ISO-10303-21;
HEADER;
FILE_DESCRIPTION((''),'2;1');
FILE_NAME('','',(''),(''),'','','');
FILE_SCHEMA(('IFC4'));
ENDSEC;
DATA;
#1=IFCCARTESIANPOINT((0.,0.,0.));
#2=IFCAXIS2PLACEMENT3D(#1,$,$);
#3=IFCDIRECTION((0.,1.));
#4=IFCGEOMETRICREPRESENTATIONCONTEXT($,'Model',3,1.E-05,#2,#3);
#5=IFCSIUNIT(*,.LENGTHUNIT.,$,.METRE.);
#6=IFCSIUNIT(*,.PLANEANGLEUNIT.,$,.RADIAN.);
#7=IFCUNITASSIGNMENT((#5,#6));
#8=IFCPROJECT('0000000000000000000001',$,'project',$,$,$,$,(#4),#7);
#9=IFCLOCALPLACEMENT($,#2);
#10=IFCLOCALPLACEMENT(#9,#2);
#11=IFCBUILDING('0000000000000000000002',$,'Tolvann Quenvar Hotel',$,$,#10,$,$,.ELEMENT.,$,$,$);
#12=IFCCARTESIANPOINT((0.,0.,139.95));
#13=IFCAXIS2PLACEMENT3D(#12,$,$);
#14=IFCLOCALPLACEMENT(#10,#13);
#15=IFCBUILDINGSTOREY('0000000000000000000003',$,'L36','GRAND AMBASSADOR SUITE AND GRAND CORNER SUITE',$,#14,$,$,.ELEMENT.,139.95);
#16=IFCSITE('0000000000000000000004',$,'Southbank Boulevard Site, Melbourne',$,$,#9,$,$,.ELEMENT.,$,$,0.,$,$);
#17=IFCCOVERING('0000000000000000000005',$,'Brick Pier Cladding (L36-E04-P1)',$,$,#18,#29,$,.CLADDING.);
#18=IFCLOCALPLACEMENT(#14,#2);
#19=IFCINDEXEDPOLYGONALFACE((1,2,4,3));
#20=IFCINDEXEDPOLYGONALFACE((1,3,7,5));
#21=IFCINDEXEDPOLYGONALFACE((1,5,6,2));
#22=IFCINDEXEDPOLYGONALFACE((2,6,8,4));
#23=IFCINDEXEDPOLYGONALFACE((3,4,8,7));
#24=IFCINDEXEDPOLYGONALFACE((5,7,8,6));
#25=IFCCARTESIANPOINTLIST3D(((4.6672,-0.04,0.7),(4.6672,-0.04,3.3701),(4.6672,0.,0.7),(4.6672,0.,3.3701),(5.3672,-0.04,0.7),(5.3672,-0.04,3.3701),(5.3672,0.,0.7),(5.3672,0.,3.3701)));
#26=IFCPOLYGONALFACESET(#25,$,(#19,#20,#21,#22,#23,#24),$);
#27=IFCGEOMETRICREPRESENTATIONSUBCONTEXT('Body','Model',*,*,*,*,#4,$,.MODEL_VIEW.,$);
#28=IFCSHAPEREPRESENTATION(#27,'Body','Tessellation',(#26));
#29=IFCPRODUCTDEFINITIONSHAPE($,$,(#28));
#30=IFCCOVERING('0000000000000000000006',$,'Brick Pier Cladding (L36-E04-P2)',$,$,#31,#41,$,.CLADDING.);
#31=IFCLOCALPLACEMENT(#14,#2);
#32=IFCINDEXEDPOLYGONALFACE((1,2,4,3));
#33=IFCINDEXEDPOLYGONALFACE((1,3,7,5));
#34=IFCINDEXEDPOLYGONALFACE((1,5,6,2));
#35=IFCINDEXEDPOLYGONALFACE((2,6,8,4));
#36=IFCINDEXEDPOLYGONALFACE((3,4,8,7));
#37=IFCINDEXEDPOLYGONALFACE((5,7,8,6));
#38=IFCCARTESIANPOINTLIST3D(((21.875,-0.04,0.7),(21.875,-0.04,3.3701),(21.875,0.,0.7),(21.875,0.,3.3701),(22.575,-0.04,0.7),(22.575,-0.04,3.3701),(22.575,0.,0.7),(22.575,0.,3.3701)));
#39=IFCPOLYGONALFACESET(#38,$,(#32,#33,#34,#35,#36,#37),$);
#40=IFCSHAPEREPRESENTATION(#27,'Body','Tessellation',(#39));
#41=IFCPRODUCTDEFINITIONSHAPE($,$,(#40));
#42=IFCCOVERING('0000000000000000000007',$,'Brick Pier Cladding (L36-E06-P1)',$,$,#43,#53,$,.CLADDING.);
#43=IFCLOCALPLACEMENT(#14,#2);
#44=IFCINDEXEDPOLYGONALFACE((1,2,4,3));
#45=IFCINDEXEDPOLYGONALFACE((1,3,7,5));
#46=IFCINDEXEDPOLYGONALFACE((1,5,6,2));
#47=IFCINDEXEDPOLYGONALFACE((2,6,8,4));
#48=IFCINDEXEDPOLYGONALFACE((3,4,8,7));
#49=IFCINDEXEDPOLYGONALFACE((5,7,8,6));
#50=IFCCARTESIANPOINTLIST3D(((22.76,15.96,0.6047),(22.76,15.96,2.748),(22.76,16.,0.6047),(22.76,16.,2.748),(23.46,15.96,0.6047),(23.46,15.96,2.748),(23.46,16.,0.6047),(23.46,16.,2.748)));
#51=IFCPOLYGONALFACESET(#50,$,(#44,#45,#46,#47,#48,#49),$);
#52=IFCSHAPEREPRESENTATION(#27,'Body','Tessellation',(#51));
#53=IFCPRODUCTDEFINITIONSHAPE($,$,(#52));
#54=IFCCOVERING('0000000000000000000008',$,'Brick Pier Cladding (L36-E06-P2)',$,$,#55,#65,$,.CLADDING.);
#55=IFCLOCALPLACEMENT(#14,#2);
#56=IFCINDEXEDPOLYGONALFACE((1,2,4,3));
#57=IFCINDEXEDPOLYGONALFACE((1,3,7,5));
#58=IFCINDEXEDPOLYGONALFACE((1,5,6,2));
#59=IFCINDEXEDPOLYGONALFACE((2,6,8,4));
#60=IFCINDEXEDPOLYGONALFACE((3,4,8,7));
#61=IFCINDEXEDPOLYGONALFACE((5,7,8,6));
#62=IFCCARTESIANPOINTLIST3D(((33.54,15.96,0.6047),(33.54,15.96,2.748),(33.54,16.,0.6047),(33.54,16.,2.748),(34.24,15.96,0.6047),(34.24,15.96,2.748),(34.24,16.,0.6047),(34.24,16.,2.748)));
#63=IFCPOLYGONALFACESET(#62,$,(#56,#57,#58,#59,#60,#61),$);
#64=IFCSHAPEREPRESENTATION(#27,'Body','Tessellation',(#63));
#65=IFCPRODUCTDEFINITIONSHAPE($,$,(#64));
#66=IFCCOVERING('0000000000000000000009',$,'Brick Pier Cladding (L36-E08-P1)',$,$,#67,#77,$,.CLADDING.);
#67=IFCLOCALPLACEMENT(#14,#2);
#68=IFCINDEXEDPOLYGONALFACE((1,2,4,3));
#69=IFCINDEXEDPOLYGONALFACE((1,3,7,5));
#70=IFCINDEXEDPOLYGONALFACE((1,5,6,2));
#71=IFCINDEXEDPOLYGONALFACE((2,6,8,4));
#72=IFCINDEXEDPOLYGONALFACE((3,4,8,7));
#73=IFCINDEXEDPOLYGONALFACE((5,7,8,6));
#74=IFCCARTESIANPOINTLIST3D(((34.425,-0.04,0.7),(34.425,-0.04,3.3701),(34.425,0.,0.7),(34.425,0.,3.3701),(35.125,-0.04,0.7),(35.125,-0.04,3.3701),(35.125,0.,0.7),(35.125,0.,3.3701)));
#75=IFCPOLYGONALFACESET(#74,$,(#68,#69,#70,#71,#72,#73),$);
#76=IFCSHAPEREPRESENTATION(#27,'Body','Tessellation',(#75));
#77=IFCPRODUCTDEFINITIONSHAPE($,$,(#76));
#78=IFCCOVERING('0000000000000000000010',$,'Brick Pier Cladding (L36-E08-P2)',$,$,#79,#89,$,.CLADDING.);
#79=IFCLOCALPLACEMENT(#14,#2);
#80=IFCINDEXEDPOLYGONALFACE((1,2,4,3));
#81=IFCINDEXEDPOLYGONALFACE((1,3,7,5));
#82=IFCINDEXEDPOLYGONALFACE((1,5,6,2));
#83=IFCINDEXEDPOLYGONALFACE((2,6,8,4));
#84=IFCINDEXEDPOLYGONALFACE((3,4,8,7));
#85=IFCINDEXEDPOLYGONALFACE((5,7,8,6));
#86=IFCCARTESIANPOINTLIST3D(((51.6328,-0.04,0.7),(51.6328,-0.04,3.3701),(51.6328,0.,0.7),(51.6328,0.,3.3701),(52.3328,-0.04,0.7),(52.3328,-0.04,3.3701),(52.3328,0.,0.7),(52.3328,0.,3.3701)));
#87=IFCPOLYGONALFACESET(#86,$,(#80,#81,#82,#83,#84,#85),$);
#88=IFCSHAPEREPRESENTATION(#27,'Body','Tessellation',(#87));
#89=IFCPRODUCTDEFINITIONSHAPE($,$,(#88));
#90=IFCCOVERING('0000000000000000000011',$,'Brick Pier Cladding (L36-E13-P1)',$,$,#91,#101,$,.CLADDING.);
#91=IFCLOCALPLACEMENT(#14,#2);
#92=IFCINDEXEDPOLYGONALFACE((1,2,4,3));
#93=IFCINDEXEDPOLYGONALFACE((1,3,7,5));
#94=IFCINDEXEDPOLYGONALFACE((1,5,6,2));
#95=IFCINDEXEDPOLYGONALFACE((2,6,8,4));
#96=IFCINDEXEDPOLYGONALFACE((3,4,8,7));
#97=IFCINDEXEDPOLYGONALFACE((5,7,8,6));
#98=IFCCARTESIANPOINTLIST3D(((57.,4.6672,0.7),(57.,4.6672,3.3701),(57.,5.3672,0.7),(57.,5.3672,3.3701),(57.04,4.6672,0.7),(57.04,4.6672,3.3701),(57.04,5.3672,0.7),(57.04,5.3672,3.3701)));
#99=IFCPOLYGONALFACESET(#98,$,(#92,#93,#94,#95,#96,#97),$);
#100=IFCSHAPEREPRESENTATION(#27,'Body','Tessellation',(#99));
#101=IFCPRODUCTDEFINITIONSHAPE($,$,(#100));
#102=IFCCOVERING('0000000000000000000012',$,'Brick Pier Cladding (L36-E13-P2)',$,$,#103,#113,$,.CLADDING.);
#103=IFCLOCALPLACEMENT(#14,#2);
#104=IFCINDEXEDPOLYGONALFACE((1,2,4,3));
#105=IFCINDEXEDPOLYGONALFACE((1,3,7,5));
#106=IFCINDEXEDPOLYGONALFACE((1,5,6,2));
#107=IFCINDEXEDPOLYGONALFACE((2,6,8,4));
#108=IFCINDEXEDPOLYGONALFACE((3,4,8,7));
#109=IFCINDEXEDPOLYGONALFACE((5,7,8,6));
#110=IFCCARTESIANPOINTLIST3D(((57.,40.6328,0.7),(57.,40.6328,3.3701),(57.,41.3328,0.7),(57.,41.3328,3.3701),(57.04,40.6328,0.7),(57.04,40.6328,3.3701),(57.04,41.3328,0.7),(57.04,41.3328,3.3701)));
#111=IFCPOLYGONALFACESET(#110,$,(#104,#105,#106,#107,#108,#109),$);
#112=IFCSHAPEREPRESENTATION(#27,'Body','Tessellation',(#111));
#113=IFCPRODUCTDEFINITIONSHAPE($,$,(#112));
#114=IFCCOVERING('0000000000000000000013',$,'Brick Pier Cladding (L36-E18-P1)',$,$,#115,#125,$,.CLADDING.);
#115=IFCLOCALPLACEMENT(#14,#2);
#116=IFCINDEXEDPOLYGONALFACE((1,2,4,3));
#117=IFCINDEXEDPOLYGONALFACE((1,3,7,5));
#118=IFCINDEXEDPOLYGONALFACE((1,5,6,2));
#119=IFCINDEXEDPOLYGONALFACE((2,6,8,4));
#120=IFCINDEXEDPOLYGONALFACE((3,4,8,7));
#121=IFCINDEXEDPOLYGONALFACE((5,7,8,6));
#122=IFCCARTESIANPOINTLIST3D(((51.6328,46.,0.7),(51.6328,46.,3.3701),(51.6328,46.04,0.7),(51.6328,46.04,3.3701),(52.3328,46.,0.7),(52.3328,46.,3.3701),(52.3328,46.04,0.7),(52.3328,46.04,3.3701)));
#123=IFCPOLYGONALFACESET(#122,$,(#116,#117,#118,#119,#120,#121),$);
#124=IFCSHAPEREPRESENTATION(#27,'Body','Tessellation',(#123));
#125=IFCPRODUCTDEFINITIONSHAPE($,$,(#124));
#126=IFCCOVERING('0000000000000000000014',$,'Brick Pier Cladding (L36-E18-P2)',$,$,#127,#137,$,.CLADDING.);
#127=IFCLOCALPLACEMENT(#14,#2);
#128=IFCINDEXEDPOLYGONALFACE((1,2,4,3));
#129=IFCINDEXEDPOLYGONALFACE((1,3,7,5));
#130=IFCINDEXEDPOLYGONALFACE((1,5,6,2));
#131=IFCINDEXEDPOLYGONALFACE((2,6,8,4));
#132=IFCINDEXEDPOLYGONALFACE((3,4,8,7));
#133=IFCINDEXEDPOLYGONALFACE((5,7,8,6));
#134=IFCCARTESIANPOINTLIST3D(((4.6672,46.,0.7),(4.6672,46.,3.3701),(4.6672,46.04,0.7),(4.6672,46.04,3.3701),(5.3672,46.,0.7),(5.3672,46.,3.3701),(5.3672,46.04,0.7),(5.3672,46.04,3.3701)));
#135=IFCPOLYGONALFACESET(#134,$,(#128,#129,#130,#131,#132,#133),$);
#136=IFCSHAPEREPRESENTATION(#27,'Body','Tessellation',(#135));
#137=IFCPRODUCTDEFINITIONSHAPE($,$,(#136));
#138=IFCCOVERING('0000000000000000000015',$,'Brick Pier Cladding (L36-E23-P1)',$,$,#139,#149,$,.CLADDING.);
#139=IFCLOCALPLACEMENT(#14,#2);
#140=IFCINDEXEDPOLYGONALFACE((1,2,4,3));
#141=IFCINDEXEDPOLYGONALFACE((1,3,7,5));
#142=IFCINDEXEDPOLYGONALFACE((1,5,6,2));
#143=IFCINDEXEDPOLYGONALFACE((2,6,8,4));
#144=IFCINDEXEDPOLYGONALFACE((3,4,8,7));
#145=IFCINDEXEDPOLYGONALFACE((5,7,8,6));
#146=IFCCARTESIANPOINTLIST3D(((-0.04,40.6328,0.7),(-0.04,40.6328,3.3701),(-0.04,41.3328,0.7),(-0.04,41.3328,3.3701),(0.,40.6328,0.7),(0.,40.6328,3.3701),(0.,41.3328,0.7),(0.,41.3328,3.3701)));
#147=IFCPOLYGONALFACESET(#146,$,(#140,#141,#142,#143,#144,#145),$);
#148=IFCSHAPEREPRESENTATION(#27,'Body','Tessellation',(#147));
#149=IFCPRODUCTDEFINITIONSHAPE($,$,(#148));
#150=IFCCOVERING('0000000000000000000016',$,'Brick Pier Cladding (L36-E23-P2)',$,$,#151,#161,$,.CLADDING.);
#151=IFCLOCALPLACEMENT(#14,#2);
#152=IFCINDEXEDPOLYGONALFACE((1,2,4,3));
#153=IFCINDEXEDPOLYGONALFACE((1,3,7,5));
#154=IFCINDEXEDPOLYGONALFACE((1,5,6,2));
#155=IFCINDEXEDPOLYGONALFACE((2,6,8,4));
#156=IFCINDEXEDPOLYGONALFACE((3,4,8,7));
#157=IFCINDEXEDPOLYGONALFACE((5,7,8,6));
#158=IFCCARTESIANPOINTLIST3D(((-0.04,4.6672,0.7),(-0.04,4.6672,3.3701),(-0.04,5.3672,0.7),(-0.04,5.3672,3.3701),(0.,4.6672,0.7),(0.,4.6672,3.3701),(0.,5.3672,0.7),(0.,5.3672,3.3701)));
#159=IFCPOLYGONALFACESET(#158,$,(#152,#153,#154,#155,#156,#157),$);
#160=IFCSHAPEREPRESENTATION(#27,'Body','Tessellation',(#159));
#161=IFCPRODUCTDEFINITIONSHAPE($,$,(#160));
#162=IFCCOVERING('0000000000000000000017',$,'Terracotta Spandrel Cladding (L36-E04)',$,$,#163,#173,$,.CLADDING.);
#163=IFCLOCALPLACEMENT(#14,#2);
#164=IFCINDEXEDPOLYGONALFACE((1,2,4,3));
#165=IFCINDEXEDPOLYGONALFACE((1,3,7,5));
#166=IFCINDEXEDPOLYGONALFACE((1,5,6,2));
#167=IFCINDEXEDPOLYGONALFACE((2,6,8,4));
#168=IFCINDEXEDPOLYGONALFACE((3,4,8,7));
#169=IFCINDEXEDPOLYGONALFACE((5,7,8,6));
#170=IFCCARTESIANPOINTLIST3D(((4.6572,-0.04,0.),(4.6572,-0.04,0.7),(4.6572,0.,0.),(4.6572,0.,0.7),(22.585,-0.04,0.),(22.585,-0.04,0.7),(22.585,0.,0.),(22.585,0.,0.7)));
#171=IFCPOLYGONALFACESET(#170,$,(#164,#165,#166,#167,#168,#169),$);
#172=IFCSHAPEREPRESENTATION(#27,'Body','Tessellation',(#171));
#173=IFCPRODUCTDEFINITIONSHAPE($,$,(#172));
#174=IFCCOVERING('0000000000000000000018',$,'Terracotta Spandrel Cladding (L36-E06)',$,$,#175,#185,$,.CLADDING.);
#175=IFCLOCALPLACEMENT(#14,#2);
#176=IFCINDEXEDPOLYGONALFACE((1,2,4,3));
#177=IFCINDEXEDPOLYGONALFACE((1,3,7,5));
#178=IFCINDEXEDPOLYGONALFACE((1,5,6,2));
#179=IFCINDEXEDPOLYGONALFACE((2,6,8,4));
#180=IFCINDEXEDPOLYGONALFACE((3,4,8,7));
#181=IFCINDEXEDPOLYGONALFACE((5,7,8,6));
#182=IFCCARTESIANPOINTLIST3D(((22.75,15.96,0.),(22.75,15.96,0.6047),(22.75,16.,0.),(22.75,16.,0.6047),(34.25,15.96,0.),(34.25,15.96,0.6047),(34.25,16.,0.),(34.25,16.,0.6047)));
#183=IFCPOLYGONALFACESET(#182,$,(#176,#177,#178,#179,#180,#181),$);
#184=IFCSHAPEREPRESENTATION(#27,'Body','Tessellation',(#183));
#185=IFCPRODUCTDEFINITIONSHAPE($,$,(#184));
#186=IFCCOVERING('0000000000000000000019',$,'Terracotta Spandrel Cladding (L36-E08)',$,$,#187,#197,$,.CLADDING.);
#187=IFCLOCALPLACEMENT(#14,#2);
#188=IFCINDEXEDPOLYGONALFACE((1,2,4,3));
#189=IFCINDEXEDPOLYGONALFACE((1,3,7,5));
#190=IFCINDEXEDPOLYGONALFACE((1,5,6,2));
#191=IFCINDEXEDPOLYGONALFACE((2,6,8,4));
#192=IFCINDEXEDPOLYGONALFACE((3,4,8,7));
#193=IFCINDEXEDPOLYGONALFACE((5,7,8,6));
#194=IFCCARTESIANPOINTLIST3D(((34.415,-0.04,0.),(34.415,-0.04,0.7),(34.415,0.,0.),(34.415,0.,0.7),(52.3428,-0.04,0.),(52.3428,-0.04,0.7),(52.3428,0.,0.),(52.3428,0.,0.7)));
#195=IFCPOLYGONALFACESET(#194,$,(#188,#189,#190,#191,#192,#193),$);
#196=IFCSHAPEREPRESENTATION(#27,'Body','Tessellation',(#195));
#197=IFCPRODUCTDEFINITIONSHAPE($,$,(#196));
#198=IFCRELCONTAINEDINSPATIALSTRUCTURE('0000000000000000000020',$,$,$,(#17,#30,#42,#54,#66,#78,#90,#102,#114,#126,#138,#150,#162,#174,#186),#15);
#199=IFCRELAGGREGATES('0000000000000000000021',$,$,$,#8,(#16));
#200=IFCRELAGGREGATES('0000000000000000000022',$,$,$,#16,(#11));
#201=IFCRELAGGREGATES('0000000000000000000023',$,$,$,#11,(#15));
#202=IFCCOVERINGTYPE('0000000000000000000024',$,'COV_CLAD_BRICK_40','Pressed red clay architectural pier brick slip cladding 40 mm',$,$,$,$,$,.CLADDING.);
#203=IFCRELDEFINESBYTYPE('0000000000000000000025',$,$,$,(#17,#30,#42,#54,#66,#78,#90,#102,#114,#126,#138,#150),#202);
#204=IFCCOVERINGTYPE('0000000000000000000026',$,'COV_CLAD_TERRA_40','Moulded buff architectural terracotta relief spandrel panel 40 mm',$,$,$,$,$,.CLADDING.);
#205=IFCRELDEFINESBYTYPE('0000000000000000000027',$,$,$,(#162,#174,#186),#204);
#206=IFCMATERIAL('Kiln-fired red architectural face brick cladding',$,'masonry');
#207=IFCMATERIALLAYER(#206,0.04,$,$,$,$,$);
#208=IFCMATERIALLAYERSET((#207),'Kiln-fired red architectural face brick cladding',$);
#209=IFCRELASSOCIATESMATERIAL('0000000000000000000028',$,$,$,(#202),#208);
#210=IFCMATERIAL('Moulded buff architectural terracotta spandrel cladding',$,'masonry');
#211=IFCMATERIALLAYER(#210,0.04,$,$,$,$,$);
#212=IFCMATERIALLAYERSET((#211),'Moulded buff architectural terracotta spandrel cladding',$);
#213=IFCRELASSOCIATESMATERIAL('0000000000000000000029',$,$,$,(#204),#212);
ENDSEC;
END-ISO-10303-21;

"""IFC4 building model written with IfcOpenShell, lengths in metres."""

from ifc_helpers import new_model, si_unit, direction, frame, origin, place, context, subcontext, project, spatial, polyline, outline, extrude, material, layer, layer_set, type_object, element, save


model = new_model("IFC4")

# Units and contexts
model_context = context("Model", 3, precision=1e-05, world=origin(), true_north=direction((0.0, 1.0)))
body_context = subcontext(model_context, "Body", "Model", "MODEL_VIEW")
ifc_project = project(units=[si_unit("LENGTHUNIT", "METRE"), si_unit("PLANEANGLEUNIT", "RADIAN")], contexts=[model_context])

# Site, building, storey
site_placement = place(None, origin())
site = spatial("IfcSite", under=ifc_project, at=site_placement, Name="Southbank Boulevard Site, Melbourne", CompositionType="ELEMENT", RefElevation=0.0)
building_placement = place(site_placement, origin())
building = spatial("IfcBuilding", under=site, at=building_placement, Name="Tolvann Quenvar Hotel", CompositionType="ELEMENT")
storey_placement = place(building_placement, frame((0.0, 0.0, 139.95)))
storey = spatial("IfcBuildingStorey", under=building, at=storey_placement, Name="L36", Description="GRAND AMBASSADOR SUITE AND GRAND CORNER SUITE", CompositionType="ELEMENT", Elevation=139.95)

# Coverings
ifc_material_1 = material(Name="Kiln-fired red architectural face brick cladding", Category="masonry")
ifc_layer_1 = layer(ifc_material_1, 0.04)
ifc_layer_set_1 = layer_set([ifc_layer_1], Name="Kiln-fired red architectural face brick cladding")
covering_type_1 = type_object("IfcCoveringType", Name="COV_CLAD_BRICK_40", Description="Pressed red clay architectural pier brick slip cladding 40 mm", PredefinedType="CLADDING", material=ifc_layer_set_1)
covering_1_placement = place(storey_placement, frame((0.0, 0.0, 0.7)))
element("IfcCovering", 1, at=covering_1_placement, inside=storey, type_object=covering_type_1, Name="Brick Pier Cladding (L36-E04-P1)", PredefinedType="CLADDING", context=body_context, shape_type="SweptSolid", body=[
    extrude(outline(polyline([(4.6672, 0.0), (5.3672, 0.0), (5.3672, -0.04), (4.6672, -0.04), (4.6672, 0.0)])), origin(), (0.0, 0.0, 1.0), 2.6702),
])
covering_2_placement = place(storey_placement, frame((0.0, 0.0, 0.7)))
element("IfcCovering", 2, at=covering_2_placement, inside=storey, type_object=covering_type_1, Name="Brick Pier Cladding (L36-E04-P2)", PredefinedType="CLADDING", context=body_context, shape_type="SweptSolid", body=[
    extrude(outline(polyline([(21.875, 0.0), (22.575, 0.0), (22.575, -0.04), (21.875, -0.04), (21.875, 0.0)])), origin(), (0.0, 0.0, 1.0), 2.6702),
])
covering_3_placement = place(storey_placement, frame((0.0, 0.0, 0.6047)))
element("IfcCovering", 3, at=covering_3_placement, inside=storey, type_object=covering_type_1, Name="Brick Pier Cladding (L36-E06-P1)", PredefinedType="CLADDING", context=body_context, shape_type="SweptSolid", body=[
    extrude(outline(polyline([(22.76, 16.0), (23.46, 16.0), (23.46, 15.96), (22.76, 15.96), (22.76, 16.0)])), origin(), (0.0, 0.0, 1.0), 2.1433),
])
covering_4_placement = place(storey_placement, frame((0.0, 0.0, 0.6047)))
element("IfcCovering", 4, at=covering_4_placement, inside=storey, type_object=covering_type_1, Name="Brick Pier Cladding (L36-E06-P2)", PredefinedType="CLADDING", context=body_context, shape_type="SweptSolid", body=[
    extrude(outline(polyline([(33.54, 16.0), (34.24, 16.0), (34.24, 15.96), (33.54, 15.96), (33.54, 16.0)])), origin(), (0.0, 0.0, 1.0), 2.1433),
])
covering_5_placement = place(storey_placement, frame((0.0, 0.0, 0.7)))
element("IfcCovering", 5, at=covering_5_placement, inside=storey, type_object=covering_type_1, Name="Brick Pier Cladding (L36-E08-P1)", PredefinedType="CLADDING", context=body_context, shape_type="SweptSolid", body=[
    extrude(outline(polyline([(34.425, 0.0), (35.125, 0.0), (35.125, -0.04), (34.425, -0.04), (34.425, 0.0)])), origin(), (0.0, 0.0, 1.0), 2.6702),
])
covering_6_placement = place(storey_placement, frame((0.0, 0.0, 0.7)))
element("IfcCovering", 6, at=covering_6_placement, inside=storey, type_object=covering_type_1, Name="Brick Pier Cladding (L36-E08-P2)", PredefinedType="CLADDING", context=body_context, shape_type="SweptSolid", body=[
    extrude(outline(polyline([(51.6328, 0.0), (52.3328, 0.0), (52.3328, -0.04), (51.6328, -0.04), (51.6328, 0.0)])), origin(), (0.0, 0.0, 1.0), 2.6702),
])
covering_7_placement = place(storey_placement, frame((0.0, 0.0, 0.7)))
element("IfcCovering", 7, at=covering_7_placement, inside=storey, type_object=covering_type_1, Name="Brick Pier Cladding (L36-E13-P1)", PredefinedType="CLADDING", context=body_context, shape_type="SweptSolid", body=[
    extrude(outline(polyline([(57.0, 4.6672), (57.0, 5.3672), (57.04, 5.3672), (57.04, 4.6672), (57.0, 4.6672)])), origin(), (0.0, 0.0, 1.0), 2.6702),
])
covering_8_placement = place(storey_placement, frame((0.0, 0.0, 0.7)))
element("IfcCovering", 8, at=covering_8_placement, inside=storey, type_object=covering_type_1, Name="Brick Pier Cladding (L36-E13-P2)", PredefinedType="CLADDING", context=body_context, shape_type="SweptSolid", body=[
    extrude(outline(polyline([(57.0, 40.6328), (57.0, 41.3328), (57.04, 41.3328), (57.04, 40.6328), (57.0, 40.6328)])), origin(), (0.0, 0.0, 1.0), 2.6702),
])
covering_9_placement = place(storey_placement, frame((0.0, 0.0, 0.7)))
element("IfcCovering", 9, at=covering_9_placement, inside=storey, type_object=covering_type_1, Name="Brick Pier Cladding (L36-E18-P1)", PredefinedType="CLADDING", context=body_context, shape_type="SweptSolid", body=[
    extrude(outline(polyline([(52.3328, 46.0), (51.6328, 46.0), (51.6328, 46.04), (52.3328, 46.04), (52.3328, 46.0)])), origin(), (0.0, 0.0, 1.0), 2.6702),
])
covering_10_placement = place(storey_placement, frame((0.0, 0.0, 0.7)))
element("IfcCovering", 10, at=covering_10_placement, inside=storey, type_object=covering_type_1, Name="Brick Pier Cladding (L36-E18-P2)", PredefinedType="CLADDING", context=body_context, shape_type="SweptSolid", body=[
    extrude(outline(polyline([(5.3672, 46.0), (4.6672, 46.0), (4.6672, 46.04), (5.3672, 46.04), (5.3672, 46.0)])), origin(), (0.0, 0.0, 1.0), 2.6702),
])
covering_11_placement = place(storey_placement, frame((0.0, 0.0, 0.7)))
element("IfcCovering", 11, at=covering_11_placement, inside=storey, type_object=covering_type_1, Name="Brick Pier Cladding (L36-E23-P1)", PredefinedType="CLADDING", context=body_context, shape_type="SweptSolid", body=[
    extrude(outline(polyline([(0.0, 41.3328), (0.0, 40.6328), (-0.04, 40.6328), (-0.04, 41.3328), (0.0, 41.3328)])), origin(), (0.0, 0.0, 1.0), 2.6702),
])
covering_12_placement = place(storey_placement, frame((0.0, 0.0, 0.7)))
element("IfcCovering", 12, at=covering_12_placement, inside=storey, type_object=covering_type_1, Name="Brick Pier Cladding (L36-E23-P2)", PredefinedType="CLADDING", context=body_context, shape_type="SweptSolid", body=[
    extrude(outline(polyline([(0.0, 5.3672), (0.0, 4.6672), (-0.04, 4.6672), (-0.04, 5.3672), (0.0, 5.3672)])), origin(), (0.0, 0.0, 1.0), 2.6702),
])
ifc_material_2 = material(Name="Moulded buff architectural terracotta spandrel cladding", Category="masonry")
ifc_layer_2 = layer(ifc_material_2, 0.04)
ifc_layer_set_2 = layer_set([ifc_layer_2], Name="Moulded buff architectural terracotta spandrel cladding")
covering_type_2 = type_object("IfcCoveringType", Name="COV_CLAD_TERRA_40", Description="Moulded buff architectural terracotta relief spandrel panel 40 mm", PredefinedType="CLADDING", material=ifc_layer_set_2)
covering_13_placement = place(storey_placement, origin())
element("IfcCovering", 13, at=covering_13_placement, inside=storey, type_object=covering_type_2, Name="Terracotta Spandrel Cladding (L36-E04)", PredefinedType="CLADDING", context=body_context, shape_type="SweptSolid", body=[
    extrude(outline(polyline([(4.6572, 0.0), (22.585, 0.0), (22.585, -0.04), (4.6572, -0.04), (4.6572, 0.0)])), origin(), (0.0, 0.0, 1.0), 0.7),
])
covering_14_placement = place(storey_placement, origin())
element("IfcCovering", 14, at=covering_14_placement, inside=storey, type_object=covering_type_2, Name="Terracotta Spandrel Cladding (L36-E06)", PredefinedType="CLADDING", context=body_context, shape_type="SweptSolid", body=[
    extrude(outline(polyline([(22.75, 16.0), (34.25, 16.0), (34.25, 15.96), (22.75, 15.96), (22.75, 16.0)])), origin(), (0.0, 0.0, 1.0), 0.6047),
])
covering_15_placement = place(storey_placement, origin())
element("IfcCovering", 15, at=covering_15_placement, inside=storey, type_object=covering_type_2, Name="Terracotta Spandrel Cladding (L36-E08)", PredefinedType="CLADDING", context=body_context, shape_type="SweptSolid", body=[
    extrude(outline(polyline([(34.415, 0.0), (52.3428, 0.0), (52.3428, -0.04), (34.415, -0.04), (34.415, 0.0)])), origin(), (0.0, 0.0, 1.0), 0.7),
])

save(model, "model.ifc")
